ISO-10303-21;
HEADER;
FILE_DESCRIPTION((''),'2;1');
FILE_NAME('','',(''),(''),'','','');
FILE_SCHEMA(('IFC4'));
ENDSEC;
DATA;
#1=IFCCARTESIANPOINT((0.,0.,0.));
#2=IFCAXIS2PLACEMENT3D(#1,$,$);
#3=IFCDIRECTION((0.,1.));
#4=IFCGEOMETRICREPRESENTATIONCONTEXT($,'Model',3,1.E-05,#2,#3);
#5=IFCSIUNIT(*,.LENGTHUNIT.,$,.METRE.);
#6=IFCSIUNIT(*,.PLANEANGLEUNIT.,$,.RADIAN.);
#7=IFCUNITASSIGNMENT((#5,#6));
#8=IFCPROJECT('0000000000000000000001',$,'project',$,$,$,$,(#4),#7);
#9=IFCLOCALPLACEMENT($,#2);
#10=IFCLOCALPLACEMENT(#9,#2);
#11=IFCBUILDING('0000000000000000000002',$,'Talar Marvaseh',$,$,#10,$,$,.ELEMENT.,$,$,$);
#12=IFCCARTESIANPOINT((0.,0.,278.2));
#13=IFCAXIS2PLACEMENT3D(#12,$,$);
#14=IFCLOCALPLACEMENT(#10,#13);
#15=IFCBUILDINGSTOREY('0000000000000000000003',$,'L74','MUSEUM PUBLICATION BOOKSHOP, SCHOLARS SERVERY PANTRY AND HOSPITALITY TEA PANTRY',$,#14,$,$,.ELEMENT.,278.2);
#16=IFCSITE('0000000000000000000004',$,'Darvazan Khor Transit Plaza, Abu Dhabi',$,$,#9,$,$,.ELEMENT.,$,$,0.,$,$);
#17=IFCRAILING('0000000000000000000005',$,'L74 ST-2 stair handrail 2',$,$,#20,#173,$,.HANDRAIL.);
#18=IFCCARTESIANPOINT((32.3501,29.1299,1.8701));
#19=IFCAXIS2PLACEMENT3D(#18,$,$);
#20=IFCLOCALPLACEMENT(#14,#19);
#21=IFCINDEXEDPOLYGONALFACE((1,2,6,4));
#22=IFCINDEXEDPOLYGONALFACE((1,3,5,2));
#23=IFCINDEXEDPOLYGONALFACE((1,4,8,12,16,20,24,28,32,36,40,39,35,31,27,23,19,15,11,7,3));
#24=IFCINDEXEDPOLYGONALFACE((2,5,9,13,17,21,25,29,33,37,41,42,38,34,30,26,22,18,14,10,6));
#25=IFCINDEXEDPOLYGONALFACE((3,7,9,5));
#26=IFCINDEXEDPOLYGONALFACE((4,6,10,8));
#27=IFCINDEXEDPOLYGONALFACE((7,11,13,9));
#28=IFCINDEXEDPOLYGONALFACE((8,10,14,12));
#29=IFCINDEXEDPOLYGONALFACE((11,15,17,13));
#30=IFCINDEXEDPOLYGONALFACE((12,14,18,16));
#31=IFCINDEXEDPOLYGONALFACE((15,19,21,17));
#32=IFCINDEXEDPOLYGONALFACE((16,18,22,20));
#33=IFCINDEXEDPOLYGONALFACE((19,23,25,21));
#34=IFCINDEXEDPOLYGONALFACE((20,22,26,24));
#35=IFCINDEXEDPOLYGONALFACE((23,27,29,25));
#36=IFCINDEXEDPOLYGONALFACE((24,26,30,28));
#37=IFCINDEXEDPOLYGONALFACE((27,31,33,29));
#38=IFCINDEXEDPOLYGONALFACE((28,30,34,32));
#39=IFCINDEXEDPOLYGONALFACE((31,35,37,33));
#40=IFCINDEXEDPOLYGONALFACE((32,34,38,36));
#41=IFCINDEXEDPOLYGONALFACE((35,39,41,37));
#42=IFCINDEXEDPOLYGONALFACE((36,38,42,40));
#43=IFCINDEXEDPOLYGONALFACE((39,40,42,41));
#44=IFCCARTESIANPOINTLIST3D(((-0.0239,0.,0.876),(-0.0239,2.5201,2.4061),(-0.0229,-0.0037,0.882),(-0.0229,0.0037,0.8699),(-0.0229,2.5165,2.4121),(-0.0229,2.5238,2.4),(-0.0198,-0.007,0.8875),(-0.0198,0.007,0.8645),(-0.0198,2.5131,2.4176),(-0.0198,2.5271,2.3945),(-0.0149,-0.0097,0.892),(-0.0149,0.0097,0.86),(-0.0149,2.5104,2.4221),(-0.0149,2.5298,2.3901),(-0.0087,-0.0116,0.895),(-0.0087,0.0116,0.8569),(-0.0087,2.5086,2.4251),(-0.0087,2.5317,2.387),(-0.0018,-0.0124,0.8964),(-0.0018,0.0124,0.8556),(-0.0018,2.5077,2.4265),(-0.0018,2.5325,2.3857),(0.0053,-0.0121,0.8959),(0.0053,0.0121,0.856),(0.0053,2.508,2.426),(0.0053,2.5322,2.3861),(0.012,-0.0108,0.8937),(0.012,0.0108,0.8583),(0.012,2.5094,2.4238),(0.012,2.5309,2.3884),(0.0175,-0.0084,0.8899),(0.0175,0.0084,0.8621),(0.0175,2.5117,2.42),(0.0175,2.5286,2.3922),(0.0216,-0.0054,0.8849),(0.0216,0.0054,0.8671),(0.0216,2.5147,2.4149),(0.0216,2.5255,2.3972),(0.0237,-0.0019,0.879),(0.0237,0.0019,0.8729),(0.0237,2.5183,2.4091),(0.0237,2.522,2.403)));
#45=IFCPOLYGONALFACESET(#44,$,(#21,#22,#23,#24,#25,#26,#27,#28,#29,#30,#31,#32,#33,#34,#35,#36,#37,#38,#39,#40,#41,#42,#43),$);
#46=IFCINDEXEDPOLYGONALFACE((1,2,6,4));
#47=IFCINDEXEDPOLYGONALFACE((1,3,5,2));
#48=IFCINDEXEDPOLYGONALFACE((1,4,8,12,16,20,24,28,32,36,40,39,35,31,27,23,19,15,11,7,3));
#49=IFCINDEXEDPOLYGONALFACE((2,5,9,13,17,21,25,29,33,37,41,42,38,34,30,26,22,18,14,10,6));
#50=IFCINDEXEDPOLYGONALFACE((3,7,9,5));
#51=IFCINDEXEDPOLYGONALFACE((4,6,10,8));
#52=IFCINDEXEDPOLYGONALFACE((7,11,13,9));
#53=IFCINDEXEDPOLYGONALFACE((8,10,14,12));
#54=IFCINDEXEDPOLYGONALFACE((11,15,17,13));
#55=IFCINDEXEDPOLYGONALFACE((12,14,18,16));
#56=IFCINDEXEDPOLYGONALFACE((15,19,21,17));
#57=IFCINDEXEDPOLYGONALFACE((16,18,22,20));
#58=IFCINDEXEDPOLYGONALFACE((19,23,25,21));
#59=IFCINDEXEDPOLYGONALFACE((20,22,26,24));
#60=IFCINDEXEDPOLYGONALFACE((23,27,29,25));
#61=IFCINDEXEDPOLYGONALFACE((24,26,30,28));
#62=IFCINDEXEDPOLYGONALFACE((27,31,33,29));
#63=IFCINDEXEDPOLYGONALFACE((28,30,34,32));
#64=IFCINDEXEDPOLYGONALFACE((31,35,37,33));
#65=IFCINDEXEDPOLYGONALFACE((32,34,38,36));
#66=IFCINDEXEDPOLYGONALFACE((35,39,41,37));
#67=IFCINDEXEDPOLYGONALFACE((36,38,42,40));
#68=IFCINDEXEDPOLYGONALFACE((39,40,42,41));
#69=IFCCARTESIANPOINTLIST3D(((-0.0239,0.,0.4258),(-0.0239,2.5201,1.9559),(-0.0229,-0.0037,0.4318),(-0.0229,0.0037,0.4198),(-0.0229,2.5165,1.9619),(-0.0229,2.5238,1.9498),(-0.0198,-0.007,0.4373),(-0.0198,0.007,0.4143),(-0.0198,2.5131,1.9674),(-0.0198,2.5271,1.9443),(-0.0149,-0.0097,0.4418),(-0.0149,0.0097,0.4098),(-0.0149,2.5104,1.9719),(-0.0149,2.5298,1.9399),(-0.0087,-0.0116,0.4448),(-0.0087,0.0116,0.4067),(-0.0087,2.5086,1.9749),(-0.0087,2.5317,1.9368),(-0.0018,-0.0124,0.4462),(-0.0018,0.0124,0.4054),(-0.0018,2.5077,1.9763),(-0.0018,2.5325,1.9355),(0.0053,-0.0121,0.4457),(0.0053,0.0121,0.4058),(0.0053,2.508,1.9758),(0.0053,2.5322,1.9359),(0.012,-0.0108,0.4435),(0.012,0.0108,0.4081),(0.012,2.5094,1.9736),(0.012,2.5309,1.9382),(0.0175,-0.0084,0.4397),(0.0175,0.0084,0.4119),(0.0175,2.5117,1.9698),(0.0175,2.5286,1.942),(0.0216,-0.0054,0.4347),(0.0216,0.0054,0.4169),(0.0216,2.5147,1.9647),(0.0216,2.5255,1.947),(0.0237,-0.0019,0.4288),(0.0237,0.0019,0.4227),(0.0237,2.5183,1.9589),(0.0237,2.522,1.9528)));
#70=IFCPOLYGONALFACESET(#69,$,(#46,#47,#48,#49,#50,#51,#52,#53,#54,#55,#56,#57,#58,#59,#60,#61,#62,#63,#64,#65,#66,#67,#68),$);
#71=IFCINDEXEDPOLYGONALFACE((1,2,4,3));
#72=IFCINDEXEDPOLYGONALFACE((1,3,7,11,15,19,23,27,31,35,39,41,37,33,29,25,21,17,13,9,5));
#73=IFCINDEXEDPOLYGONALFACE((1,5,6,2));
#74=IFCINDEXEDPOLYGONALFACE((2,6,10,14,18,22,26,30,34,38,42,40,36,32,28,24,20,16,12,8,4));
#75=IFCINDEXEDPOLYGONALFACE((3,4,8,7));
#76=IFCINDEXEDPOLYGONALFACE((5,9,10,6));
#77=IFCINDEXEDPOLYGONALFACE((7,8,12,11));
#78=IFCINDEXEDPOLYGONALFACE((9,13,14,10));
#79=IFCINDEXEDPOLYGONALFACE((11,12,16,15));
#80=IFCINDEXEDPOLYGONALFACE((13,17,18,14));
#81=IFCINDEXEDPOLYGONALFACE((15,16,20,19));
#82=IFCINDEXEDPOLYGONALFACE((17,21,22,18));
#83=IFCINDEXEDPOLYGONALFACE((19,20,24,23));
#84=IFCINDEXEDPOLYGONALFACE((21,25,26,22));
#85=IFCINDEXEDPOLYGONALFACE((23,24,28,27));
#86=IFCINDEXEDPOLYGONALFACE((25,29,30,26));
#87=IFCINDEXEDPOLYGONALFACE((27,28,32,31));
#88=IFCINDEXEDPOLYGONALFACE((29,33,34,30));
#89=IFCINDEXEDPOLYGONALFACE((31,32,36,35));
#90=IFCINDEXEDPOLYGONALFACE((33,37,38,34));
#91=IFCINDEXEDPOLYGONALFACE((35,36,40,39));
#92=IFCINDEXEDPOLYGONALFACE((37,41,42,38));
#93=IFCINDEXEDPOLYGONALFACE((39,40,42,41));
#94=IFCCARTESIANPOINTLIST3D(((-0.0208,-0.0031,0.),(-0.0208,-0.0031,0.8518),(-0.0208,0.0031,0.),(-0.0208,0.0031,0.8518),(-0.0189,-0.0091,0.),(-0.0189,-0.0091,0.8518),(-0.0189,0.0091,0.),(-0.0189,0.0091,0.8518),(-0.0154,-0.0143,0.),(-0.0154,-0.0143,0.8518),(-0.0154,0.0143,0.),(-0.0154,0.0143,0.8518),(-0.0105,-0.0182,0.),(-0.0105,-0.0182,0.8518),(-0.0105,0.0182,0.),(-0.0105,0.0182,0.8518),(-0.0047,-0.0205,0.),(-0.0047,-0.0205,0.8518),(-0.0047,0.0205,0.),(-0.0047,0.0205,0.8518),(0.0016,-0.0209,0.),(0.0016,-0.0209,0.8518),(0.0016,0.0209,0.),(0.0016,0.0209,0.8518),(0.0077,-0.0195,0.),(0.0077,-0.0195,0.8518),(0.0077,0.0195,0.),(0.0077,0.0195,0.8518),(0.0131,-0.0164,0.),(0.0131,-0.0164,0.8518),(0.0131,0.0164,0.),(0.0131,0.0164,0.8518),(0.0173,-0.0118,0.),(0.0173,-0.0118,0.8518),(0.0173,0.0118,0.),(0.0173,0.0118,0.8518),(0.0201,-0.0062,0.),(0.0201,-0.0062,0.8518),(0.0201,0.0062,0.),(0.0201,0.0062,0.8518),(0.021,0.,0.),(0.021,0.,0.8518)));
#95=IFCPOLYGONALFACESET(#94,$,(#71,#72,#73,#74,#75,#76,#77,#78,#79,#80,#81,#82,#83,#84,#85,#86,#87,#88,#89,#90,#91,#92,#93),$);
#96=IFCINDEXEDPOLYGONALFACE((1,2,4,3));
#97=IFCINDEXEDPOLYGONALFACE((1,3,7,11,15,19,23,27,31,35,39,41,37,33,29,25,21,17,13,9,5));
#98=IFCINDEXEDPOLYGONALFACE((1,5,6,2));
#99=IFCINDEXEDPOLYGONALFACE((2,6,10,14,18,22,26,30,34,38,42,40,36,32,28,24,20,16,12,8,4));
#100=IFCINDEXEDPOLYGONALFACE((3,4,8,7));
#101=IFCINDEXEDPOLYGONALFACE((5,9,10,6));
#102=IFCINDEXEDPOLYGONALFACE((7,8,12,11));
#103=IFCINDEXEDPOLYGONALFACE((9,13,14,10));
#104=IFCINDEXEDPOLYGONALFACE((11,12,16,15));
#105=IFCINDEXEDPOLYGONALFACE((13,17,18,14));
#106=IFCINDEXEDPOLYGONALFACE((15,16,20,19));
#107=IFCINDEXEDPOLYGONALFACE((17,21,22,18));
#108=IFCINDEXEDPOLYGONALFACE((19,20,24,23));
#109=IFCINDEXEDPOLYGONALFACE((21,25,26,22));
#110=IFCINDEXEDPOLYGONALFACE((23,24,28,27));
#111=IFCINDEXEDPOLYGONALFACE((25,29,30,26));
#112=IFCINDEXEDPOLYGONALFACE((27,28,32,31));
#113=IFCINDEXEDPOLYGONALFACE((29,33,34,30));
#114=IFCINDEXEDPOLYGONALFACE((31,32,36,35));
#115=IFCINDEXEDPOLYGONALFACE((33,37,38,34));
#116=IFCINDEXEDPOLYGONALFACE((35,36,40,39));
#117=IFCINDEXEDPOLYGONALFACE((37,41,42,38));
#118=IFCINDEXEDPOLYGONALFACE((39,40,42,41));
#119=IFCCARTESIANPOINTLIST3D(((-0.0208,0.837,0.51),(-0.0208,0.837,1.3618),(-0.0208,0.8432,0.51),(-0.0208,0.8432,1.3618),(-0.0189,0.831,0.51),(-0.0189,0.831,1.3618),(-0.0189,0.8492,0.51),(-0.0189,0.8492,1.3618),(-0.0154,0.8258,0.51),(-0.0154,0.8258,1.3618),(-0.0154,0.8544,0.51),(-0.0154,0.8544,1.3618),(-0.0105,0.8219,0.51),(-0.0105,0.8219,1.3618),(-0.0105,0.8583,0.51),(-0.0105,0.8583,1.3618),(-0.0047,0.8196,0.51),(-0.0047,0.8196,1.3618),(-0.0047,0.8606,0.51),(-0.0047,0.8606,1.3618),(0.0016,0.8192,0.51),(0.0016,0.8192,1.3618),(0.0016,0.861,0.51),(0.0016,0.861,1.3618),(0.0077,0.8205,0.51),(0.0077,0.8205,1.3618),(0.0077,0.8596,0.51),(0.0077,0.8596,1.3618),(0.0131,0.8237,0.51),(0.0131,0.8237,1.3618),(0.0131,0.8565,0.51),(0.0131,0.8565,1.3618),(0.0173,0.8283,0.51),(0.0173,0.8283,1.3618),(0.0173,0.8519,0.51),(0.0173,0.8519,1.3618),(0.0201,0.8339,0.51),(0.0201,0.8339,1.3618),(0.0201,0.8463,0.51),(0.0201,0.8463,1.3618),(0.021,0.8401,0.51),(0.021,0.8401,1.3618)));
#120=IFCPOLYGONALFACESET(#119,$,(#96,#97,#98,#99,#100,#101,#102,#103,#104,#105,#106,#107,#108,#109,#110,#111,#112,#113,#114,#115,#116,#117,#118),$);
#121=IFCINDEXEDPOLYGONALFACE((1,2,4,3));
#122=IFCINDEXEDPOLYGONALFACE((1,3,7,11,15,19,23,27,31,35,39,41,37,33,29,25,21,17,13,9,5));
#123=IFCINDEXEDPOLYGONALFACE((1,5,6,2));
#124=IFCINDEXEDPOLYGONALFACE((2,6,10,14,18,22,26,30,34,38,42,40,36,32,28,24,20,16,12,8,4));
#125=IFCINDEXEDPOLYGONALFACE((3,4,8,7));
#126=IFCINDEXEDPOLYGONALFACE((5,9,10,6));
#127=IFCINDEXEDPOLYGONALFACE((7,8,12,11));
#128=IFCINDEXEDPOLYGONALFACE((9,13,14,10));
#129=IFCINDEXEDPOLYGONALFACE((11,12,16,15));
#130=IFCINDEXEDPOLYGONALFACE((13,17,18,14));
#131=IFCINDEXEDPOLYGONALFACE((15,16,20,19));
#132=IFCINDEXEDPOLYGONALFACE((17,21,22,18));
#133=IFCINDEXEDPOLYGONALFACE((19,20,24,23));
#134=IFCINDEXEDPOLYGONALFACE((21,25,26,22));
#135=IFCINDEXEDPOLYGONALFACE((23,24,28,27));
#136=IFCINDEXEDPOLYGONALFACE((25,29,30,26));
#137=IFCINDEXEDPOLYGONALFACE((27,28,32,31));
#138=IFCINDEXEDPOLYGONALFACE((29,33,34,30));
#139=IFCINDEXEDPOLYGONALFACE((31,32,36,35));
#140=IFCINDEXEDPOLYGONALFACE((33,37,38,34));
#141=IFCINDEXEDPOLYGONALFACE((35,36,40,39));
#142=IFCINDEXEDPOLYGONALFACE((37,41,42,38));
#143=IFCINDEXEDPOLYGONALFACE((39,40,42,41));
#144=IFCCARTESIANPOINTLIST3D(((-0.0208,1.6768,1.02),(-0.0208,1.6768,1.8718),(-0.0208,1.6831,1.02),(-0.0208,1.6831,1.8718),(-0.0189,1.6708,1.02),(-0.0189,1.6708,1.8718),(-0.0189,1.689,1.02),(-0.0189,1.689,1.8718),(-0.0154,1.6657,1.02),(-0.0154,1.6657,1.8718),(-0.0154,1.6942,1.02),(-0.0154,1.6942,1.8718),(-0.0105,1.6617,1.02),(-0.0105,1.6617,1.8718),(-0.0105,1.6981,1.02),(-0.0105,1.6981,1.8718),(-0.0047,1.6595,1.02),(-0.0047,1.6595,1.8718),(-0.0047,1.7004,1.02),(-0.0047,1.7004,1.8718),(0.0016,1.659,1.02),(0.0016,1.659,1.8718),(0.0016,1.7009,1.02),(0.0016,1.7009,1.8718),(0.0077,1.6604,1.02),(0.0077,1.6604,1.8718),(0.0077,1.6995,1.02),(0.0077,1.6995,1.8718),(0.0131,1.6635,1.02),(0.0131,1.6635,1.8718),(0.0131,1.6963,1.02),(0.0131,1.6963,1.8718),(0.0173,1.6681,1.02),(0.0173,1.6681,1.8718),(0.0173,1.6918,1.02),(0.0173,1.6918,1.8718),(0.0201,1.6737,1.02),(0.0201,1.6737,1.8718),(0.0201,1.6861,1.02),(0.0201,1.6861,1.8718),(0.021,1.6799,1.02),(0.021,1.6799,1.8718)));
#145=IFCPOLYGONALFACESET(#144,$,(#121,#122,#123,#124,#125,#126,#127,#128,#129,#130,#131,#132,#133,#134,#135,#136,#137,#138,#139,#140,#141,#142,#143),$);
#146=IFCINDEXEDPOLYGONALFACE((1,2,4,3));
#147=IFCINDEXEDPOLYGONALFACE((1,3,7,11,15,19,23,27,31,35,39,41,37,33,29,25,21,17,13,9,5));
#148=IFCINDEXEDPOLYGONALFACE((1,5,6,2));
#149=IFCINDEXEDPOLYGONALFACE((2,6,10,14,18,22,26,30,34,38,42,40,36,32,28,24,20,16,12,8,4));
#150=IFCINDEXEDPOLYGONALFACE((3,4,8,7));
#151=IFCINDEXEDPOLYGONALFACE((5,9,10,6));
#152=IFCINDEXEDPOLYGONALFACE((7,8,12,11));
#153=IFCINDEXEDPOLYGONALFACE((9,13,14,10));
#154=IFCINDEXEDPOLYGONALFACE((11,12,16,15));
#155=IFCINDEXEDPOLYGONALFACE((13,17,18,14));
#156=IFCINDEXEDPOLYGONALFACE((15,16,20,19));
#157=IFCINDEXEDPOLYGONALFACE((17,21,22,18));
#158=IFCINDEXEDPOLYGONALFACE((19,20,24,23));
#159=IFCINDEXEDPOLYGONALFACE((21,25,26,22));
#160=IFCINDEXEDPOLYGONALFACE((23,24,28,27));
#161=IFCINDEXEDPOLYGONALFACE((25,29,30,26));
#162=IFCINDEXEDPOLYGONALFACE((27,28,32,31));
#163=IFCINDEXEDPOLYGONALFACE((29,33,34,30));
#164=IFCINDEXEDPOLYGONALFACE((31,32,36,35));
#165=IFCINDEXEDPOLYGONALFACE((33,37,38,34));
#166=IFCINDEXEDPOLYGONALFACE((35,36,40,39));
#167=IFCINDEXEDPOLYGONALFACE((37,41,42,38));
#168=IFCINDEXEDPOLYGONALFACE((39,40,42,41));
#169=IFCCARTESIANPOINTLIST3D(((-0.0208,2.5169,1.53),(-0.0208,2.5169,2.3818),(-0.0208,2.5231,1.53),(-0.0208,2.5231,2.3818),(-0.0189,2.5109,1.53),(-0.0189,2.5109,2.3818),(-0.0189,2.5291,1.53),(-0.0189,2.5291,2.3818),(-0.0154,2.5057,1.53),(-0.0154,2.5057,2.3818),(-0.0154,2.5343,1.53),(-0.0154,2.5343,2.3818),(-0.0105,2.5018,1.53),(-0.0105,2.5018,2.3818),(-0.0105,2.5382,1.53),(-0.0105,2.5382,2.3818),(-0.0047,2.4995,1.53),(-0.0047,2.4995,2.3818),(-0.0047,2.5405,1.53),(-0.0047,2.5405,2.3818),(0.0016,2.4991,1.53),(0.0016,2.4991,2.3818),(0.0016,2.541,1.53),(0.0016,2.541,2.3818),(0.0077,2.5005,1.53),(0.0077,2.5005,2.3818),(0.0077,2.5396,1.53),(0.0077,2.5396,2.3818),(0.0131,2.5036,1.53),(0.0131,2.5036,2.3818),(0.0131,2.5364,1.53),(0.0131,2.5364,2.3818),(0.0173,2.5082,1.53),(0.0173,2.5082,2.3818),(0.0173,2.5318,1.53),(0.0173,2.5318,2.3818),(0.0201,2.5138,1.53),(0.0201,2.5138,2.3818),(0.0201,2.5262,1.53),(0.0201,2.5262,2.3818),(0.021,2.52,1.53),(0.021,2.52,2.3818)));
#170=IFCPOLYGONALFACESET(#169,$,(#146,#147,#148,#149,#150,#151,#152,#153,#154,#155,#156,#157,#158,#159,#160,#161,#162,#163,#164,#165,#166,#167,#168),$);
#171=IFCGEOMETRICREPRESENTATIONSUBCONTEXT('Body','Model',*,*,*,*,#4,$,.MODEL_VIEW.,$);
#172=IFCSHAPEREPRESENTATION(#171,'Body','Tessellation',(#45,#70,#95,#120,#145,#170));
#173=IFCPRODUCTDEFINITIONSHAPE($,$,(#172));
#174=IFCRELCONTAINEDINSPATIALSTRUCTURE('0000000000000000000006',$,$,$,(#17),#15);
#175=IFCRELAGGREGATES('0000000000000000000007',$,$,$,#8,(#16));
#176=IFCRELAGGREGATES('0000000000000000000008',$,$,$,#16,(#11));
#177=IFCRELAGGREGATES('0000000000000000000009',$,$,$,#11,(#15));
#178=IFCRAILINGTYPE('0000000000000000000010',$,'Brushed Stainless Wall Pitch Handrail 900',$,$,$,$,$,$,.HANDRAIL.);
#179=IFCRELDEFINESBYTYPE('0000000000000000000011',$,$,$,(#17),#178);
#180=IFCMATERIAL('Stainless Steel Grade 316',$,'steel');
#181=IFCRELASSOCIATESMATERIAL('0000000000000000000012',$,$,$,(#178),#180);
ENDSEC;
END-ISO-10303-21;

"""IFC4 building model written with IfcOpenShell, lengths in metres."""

from ifc_helpers import new_model, si_unit, direction, frame, origin, origin_2d, place, context, subcontext, project, spatial, circle, extrude, material, type_object, element, save


model = new_model("IFC4")

# Units and contexts
model_context = context("Model", 3, precision=1e-05, world=origin(), true_north=direction((0.0, 1.0)))
body_context = subcontext(model_context, "Body", "Model", "MODEL_VIEW")
ifc_project = project(units=[si_unit("LENGTHUNIT", "METRE"), si_unit("PLANEANGLEUNIT", "RADIAN")], contexts=[model_context])

# Site, building, storey
site_placement = place(None, origin())
site = spatial("IfcSite", under=ifc_project, at=site_placement, Name="Darvazan Khor Transit Plaza, Abu Dhabi", CompositionType="ELEMENT", RefElevation=0.0)
building_placement = place(site_placement, origin())
building = spatial("IfcBuilding", under=site, at=building_placement, Name="Talar Marvaseh", CompositionType="ELEMENT")
storey_placement = place(building_placement, frame((0.0, 0.0, 278.2)))
storey = spatial("IfcBuildingStorey", under=building, at=storey_placement, Name="L74", Description="MUSEUM PUBLICATION BOOKSHOP, SCHOLARS SERVERY PANTRY AND HOSPITALITY TEA PANTRY", CompositionType="ELEMENT", Elevation=278.2)

# Railing
ifc_material_1 = material(Name="Stainless Steel Grade 316", Category="steel")
railing_type = type_object("IfcRailingType", Name="Brushed Stainless Wall Pitch Handrail 900", PredefinedType="HANDRAIL", material=ifc_material_1)
railing_placement = place(storey_placement, frame((32.3501, 29.1299, 1.8701)))
element("IfcRailing", 1, at=railing_placement, inside=storey, type_object=railing_type, Name="L74 ST-2 stair handrail 2", PredefinedType="HANDRAIL", context=body_context, shape_type="SweptSolid", body=[
    extrude(circle(Radius=0.0239, at=origin_2d()), frame((0.0, 0.0, 0.876), z_axis=(0.0, 0.854785, 0.518982), x_axis=(-1.0, 0.0, 0.0)), (0.0, 0.0, 1.0), 2.9482),
    extrude(circle(Radius=0.0239, at=origin_2d()), frame((0.0, 0.0, 0.4258), z_axis=(0.0, 0.854785, 0.518982), x_axis=(-1.0, 0.0, 0.0)), (0.0, 0.0, 1.0), 2.9482),
    extrude(circle(Radius=0.021, at=origin_2d()), origin(), (0.0, 0.0, 1.0), 0.8518),
    extrude(circle(Radius=0.021, at=origin_2d()), frame((0.0, 0.8401, 0.51)), (0.0, 0.0, 1.0), 0.8518),
    extrude(circle(Radius=0.021, at=origin_2d()), frame((0.0, 1.6799, 1.02)), (0.0, 0.0, 1.0), 0.8518),
    extrude(circle(Radius=0.021, at=origin_2d()), frame((0.0, 2.52, 1.53)), (0.0, 0.0, 1.0), 0.8518),
])

save(model, "model.ifc")
